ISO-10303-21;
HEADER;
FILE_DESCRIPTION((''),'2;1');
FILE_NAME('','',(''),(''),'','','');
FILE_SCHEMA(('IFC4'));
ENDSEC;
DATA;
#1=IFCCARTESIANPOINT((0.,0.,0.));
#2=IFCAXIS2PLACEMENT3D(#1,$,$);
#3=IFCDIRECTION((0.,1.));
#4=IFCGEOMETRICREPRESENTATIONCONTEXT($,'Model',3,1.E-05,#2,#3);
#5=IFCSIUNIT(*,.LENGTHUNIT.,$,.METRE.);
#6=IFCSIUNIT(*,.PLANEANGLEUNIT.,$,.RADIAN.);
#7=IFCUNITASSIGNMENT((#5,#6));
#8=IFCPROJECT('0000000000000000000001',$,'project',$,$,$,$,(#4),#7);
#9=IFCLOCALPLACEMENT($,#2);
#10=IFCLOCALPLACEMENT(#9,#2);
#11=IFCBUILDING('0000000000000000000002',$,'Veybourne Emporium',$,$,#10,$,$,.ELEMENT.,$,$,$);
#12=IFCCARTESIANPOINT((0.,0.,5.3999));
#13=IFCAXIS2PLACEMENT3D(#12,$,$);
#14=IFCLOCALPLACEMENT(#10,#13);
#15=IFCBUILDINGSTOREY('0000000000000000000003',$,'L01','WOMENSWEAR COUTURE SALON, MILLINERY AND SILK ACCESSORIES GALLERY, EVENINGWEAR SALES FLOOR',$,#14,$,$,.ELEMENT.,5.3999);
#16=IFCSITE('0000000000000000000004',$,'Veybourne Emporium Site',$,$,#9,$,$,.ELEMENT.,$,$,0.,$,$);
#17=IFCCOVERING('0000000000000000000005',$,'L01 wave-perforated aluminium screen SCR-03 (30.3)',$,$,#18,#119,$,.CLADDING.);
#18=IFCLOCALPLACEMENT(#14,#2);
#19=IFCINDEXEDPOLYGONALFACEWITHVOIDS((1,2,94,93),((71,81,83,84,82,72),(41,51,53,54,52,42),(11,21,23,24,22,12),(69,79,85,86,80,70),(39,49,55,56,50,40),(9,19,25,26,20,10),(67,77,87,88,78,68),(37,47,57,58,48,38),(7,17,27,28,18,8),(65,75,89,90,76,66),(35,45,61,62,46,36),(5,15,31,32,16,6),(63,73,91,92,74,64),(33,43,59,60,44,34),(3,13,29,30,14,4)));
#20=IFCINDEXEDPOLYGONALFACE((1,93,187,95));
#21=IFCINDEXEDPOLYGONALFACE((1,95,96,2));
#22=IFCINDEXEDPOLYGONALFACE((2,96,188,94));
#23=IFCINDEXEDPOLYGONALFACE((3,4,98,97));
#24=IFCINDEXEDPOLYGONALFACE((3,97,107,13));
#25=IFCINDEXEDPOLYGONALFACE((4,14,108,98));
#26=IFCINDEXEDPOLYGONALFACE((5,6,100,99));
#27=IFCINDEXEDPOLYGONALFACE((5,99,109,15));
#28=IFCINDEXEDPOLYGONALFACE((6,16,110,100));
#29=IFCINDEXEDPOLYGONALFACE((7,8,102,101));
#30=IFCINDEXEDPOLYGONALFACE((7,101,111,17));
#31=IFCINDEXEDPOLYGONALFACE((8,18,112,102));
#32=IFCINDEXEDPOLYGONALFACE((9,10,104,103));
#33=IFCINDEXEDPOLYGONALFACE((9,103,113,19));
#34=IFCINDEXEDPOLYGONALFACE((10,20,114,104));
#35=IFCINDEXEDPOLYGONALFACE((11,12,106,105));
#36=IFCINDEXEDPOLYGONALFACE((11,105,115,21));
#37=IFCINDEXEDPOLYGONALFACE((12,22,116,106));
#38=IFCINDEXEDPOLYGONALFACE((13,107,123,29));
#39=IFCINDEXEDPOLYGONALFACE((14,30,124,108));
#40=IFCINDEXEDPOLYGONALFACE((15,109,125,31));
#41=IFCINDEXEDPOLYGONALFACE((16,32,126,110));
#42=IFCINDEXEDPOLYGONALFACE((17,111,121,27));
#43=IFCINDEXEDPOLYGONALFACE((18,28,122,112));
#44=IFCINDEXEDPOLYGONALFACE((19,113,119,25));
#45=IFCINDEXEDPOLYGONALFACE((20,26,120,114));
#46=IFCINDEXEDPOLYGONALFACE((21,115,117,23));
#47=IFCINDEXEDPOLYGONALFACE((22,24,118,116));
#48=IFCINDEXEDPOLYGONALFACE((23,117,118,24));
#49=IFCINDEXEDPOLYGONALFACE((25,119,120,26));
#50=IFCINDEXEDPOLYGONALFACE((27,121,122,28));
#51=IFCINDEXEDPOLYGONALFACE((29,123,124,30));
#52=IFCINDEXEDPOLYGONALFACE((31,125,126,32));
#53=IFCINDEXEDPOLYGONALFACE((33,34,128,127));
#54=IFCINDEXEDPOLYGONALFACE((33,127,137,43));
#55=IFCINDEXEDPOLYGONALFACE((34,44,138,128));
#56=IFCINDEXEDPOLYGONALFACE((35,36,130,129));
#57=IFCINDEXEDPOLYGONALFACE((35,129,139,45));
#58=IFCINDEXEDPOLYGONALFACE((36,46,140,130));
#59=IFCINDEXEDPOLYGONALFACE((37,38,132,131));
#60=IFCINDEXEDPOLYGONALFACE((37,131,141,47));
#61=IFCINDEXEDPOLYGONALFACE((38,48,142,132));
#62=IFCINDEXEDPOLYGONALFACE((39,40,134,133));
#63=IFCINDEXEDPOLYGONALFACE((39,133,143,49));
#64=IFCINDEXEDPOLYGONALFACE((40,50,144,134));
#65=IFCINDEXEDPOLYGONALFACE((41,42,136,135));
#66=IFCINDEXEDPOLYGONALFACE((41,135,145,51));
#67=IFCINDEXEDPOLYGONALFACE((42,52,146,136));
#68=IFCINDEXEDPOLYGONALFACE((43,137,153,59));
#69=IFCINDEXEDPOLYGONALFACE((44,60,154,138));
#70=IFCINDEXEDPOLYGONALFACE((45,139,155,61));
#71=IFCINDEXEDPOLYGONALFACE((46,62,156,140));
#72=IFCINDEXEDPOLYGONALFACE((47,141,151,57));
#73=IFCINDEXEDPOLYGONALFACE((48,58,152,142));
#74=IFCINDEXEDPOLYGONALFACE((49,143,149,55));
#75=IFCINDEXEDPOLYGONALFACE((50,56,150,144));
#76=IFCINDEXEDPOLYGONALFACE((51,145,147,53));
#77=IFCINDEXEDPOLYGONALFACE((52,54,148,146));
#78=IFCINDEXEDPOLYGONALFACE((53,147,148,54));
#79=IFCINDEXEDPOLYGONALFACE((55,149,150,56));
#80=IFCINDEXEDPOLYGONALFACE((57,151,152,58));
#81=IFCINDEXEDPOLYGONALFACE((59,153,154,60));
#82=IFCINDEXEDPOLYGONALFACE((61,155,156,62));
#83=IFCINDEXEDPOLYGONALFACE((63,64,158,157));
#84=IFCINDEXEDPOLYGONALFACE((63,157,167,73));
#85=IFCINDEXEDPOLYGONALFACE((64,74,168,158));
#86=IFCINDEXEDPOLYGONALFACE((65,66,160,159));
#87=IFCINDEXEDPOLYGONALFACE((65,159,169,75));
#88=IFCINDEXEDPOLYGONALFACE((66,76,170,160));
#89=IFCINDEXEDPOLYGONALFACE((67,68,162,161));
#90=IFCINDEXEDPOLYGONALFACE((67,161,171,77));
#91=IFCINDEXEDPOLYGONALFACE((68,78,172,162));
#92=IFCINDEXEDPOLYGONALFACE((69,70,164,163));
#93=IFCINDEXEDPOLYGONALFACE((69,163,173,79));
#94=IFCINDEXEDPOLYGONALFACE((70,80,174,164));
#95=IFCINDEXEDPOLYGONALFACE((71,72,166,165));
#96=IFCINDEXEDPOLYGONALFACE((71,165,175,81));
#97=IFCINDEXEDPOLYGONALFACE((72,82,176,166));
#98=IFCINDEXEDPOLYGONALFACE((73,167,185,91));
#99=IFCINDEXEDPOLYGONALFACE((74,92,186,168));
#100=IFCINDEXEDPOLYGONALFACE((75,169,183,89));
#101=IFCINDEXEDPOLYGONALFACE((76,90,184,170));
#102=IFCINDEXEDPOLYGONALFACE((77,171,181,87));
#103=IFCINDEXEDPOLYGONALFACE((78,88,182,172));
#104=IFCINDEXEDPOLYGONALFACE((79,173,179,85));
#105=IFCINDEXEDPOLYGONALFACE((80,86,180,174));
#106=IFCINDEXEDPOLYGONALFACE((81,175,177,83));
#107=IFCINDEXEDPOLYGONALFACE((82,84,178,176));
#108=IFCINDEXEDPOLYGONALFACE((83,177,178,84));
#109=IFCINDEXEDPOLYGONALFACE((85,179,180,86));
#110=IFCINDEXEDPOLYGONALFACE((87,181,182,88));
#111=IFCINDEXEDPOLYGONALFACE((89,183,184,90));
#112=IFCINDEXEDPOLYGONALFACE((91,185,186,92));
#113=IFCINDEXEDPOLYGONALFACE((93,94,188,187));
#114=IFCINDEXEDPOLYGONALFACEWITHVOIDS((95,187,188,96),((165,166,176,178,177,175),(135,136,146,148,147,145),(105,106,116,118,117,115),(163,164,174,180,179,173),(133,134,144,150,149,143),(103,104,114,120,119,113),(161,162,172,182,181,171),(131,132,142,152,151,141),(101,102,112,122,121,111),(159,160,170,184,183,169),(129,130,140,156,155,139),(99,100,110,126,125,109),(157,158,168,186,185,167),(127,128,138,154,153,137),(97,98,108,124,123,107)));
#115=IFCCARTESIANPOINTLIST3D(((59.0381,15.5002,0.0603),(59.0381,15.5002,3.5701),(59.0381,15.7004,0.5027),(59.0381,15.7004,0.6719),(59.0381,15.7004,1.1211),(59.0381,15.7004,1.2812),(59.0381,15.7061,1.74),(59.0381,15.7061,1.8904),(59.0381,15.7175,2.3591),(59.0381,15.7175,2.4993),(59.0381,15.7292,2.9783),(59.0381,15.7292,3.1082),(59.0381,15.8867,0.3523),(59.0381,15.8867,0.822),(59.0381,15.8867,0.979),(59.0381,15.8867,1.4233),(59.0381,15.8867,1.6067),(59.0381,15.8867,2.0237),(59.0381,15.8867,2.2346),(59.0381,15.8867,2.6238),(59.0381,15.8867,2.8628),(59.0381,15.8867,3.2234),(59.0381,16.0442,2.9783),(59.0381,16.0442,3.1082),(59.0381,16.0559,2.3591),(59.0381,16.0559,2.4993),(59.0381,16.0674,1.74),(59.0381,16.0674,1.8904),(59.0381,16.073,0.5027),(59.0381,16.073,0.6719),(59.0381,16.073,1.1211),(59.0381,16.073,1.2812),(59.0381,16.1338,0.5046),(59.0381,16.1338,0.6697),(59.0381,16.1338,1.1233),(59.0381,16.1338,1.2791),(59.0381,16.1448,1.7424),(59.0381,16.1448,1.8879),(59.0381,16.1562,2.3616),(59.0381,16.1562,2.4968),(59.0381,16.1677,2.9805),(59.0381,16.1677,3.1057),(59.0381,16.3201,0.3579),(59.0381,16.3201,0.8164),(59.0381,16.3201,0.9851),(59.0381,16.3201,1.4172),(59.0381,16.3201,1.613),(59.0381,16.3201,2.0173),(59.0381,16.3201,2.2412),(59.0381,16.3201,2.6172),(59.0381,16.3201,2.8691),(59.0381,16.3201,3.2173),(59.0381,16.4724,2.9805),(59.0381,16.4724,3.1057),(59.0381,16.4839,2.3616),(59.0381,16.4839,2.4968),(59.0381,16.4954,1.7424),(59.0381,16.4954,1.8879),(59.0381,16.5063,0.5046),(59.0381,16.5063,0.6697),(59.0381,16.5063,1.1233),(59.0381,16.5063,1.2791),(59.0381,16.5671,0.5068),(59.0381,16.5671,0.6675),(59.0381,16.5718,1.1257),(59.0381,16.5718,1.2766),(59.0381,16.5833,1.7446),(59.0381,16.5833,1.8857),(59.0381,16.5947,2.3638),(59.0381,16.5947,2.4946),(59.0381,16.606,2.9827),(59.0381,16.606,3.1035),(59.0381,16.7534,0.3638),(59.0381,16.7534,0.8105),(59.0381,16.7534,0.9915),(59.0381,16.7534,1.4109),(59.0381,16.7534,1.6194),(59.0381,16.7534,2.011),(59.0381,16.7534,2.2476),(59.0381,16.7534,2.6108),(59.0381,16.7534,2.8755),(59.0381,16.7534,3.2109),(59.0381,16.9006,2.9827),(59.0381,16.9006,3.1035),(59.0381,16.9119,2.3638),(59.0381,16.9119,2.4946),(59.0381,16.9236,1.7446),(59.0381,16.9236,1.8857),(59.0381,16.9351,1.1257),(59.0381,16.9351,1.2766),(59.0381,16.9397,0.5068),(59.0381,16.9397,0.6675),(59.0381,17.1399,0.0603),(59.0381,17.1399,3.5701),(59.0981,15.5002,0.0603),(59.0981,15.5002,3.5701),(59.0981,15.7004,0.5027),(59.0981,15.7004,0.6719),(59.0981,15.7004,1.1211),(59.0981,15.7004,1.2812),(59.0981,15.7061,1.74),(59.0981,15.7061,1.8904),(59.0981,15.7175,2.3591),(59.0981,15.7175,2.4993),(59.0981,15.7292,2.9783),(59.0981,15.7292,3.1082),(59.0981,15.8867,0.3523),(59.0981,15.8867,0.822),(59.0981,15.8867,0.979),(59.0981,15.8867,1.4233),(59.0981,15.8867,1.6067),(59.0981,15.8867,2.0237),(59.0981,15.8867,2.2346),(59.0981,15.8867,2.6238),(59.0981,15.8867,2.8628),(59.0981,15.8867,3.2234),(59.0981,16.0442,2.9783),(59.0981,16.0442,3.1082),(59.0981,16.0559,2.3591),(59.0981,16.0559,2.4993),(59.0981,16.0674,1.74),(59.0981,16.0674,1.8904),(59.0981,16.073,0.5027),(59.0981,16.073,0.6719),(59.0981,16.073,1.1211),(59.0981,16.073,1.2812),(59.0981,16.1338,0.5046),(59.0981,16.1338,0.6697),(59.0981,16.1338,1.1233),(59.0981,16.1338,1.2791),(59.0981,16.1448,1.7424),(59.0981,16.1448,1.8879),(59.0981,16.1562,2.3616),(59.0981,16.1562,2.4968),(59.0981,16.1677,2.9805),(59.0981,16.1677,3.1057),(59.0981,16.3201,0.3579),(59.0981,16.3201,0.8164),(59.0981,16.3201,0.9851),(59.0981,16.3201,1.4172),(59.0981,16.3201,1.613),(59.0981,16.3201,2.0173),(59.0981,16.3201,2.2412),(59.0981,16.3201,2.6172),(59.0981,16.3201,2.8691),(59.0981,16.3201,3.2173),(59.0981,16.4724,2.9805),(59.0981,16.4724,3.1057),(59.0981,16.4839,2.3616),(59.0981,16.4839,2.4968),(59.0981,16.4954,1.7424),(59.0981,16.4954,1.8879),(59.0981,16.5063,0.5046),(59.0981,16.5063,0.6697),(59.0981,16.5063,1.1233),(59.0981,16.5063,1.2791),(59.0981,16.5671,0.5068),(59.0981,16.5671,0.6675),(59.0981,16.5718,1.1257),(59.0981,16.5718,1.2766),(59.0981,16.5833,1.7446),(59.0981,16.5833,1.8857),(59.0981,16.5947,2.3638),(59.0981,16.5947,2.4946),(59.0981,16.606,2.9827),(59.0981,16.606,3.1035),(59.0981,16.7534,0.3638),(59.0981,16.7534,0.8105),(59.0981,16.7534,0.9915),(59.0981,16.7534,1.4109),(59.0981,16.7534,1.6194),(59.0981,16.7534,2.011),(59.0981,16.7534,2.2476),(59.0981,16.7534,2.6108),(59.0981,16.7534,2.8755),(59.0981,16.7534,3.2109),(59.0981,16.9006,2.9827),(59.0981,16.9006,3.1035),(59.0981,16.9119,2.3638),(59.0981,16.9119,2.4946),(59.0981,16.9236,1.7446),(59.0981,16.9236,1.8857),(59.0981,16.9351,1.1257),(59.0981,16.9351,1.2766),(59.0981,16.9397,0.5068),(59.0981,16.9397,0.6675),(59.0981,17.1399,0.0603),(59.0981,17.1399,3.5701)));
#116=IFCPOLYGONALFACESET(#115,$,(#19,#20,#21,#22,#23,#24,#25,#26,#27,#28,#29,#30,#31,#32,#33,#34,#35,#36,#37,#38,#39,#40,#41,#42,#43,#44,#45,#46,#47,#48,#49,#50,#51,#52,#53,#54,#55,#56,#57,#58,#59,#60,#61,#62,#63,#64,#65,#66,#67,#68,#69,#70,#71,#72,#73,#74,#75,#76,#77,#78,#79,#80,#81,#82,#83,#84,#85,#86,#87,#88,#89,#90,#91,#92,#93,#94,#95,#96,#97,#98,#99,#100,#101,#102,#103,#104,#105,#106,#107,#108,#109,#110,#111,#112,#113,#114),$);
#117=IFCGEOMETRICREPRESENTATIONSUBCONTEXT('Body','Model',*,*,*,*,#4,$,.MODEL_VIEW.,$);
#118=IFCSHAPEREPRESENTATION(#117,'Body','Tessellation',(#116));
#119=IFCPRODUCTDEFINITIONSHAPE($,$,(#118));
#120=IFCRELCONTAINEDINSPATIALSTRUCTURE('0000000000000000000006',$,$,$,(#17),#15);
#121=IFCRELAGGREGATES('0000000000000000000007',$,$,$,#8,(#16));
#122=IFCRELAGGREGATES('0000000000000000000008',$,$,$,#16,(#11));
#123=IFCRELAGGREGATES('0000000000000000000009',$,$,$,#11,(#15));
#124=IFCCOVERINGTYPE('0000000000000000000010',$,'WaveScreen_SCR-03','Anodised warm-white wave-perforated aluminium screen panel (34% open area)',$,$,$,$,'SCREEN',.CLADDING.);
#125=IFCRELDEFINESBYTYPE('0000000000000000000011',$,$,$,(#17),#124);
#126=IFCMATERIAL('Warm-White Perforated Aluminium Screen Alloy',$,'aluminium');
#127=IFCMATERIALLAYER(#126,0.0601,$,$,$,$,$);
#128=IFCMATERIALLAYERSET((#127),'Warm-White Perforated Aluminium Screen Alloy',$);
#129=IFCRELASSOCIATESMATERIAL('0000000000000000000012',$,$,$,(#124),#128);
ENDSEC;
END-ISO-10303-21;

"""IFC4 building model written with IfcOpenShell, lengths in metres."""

from ifc_helpers import new_model, si_unit, direction, frame, origin, place, context, subcontext, project, spatial, polyline, outline, extrude, material, layer, layer_set, type_object, element, save


model = new_model("IFC4")

# Units and contexts
model_context = context("Model", 3, precision=1e-05, world=origin(), true_north=direction((0.0, 1.0)))
body_context = subcontext(model_context, "Body", "Model", "MODEL_VIEW")
ifc_project = project(units=[si_unit("LENGTHUNIT", "METRE"), si_unit("PLANEANGLEUNIT", "RADIAN")], contexts=[model_context])

# Site, building, storey
site_placement = place(None, origin())
site = spatial("IfcSite", under=ifc_project, at=site_placement, Name="Veybourne Emporium Site", CompositionType="ELEMENT", RefElevation=0.0)
building_placement = place(site_placement, origin())
building = spatial("IfcBuilding", under=site, at=building_placement, Name="Veybourne Emporium", CompositionType="ELEMENT")
storey_placement = place(building_placement, frame((0.0, 0.0, 5.3999)))
storey = spatial("IfcBuildingStorey", under=building, at=storey_placement, Name="L01", Description="WOMENSWEAR COUTURE SALON, MILLINERY AND SILK ACCESSORIES GALLERY, EVENINGWEAR SALES FLOOR", CompositionType="ELEMENT", Elevation=5.3999)

# Covering
ifc_material_1 = material(Name="Warm-White Perforated Aluminium Screen Alloy", Category="aluminium")
ifc_layer_1 = layer(ifc_material_1, 0.0601)
ifc_layer_set_1 = layer_set([ifc_layer_1], Name="Warm-White Perforated Aluminium Screen Alloy")
covering_type_1 = type_object("IfcCoveringType", Name="WaveScreen_SCR-03", Description="Anodised warm-white wave-perforated aluminium screen panel (34% open area)", ElementType="SCREEN", PredefinedType="CLADDING", material=ifc_layer_set_1)
covering_1_placement = place(storey_placement, frame((59.0981, 16.3201, 1.8152), z_axis=(-1.0, 0.0, 0.0), x_axis=(0.0, -1.0, 0.0)))
element("IfcCovering", 1, at=covering_1_placement, inside=storey, type_object=covering_type_1, Name="L01 wave-perforated aluminium screen SCR-03 (30.3)", PredefinedType="CLADDING", context=body_context, shape_type="SweptSolid", body=[
    extrude(outline(polyline([(-0.8198, -1.7549), (0.8198, -1.7549), (0.8198, 1.7549), (-0.8198, 1.7549), (-0.8198, -1.7549)]), holes=[polyline([(-0.4333, -1.0046), (-0.2471, -1.1477), (-0.2471, -1.3083), (-0.4333, -1.4514), (-0.6196, -1.3083), (-0.6196, -1.1477), (-0.4333, -1.0046)]), polyline([(-0.4333, -0.4043), (-0.2517, -0.5386), (-0.2517, -0.6895), (-0.4333, -0.8237), (-0.615, -0.6895), (-0.615, -0.5386), (-0.4333, -0.4043)]), polyline([(-0.4333, 0.1958), (-0.2632, 0.0706), (-0.2632, -0.0706), (-0.4333, -0.1958), (-0.6035, -0.0706), (-0.6035, 0.0706), (-0.4333, 0.1958)]), polyline([(-0.4333, 0.7957), (-0.2747, 0.6794), (-0.2747, 0.5486), (-0.4333, 0.4324), (-0.5918, 0.5486), (-0.5918, 0.6794), (-0.4333, 0.7957)]), polyline([(-0.4333, 1.3958), (-0.2859, 1.2883), (-0.2859, 1.1675), (-0.4333, 1.0603), (-0.5806, 1.1675), (-0.5806, 1.2883), (-0.4333, 1.3958)]), polyline([(0.0, -0.9988), (0.1863, -1.1455), (0.1863, -1.3105), (0.0, -1.4573), (-0.1863, -1.3105), (-0.1863, -1.1455), (0.0, -0.9988)]), polyline([(0.0, -0.3979), (0.1863, -0.5361), (0.1863, -0.6919), (0.0, -0.8301), (-0.1863, -0.6919), (-0.1863, -0.5361), (0.0, -0.3979)]), polyline([(0.0, 0.2021), (0.1753, 0.0728), (0.1753, -0.0728), (0.0, -0.2021), (-0.1753, -0.0728), (-0.1753, 0.0728), (0.0, 0.2021)]), polyline([(0.0, 0.802), (0.1638, 0.6816), (0.1638, 0.5464), (0.0, 0.426), (-0.1638, 0.5464), (-0.1638, 0.6816), (0.0, 0.802)]), polyline([(0.0, 1.4021), (0.1523, 1.2905), (0.1523, 1.1653), (0.0, 1.054), (-0.1523, 1.1653), (-0.1523, 1.2905), (0.0, 1.4021)]), polyline([(0.4333, -0.9932), (0.6196, -1.1433), (0.6196, -1.3125), (0.4333, -1.4629), (0.2471, -1.3125), (0.2471, -1.1433), (0.4333, -0.9932)]), polyline([(0.4333, -0.3918), (0.6196, -0.5339), (0.6196, -0.6941), (0.4333, -0.8362), (0.2471, -0.6941), (0.2471, -0.5339), (0.4333, -0.3918)]), polyline([(0.4333, 0.2085), (0.614, 0.0752), (0.614, -0.0752), (0.4333, -0.2085), (0.2527, -0.0752), (0.2527, 0.0752), (0.4333, 0.2085)]), polyline([(0.4333, 0.8086), (0.6025, 0.6841), (0.6025, 0.5439), (0.4333, 0.4194), (0.2642, 0.5439), (0.2642, 0.6841), (0.4333, 0.8086)]), polyline([(0.4333, 1.4082), (0.5908, 1.293), (0.5908, 1.1631), (0.4333, 1.0476), (0.2759, 1.1631), (0.2759, 1.293), (0.4333, 1.4082)])]), origin(), (0.0, 0.0, 1.0), 0.0601),
])

save(model, "model.ifc")
